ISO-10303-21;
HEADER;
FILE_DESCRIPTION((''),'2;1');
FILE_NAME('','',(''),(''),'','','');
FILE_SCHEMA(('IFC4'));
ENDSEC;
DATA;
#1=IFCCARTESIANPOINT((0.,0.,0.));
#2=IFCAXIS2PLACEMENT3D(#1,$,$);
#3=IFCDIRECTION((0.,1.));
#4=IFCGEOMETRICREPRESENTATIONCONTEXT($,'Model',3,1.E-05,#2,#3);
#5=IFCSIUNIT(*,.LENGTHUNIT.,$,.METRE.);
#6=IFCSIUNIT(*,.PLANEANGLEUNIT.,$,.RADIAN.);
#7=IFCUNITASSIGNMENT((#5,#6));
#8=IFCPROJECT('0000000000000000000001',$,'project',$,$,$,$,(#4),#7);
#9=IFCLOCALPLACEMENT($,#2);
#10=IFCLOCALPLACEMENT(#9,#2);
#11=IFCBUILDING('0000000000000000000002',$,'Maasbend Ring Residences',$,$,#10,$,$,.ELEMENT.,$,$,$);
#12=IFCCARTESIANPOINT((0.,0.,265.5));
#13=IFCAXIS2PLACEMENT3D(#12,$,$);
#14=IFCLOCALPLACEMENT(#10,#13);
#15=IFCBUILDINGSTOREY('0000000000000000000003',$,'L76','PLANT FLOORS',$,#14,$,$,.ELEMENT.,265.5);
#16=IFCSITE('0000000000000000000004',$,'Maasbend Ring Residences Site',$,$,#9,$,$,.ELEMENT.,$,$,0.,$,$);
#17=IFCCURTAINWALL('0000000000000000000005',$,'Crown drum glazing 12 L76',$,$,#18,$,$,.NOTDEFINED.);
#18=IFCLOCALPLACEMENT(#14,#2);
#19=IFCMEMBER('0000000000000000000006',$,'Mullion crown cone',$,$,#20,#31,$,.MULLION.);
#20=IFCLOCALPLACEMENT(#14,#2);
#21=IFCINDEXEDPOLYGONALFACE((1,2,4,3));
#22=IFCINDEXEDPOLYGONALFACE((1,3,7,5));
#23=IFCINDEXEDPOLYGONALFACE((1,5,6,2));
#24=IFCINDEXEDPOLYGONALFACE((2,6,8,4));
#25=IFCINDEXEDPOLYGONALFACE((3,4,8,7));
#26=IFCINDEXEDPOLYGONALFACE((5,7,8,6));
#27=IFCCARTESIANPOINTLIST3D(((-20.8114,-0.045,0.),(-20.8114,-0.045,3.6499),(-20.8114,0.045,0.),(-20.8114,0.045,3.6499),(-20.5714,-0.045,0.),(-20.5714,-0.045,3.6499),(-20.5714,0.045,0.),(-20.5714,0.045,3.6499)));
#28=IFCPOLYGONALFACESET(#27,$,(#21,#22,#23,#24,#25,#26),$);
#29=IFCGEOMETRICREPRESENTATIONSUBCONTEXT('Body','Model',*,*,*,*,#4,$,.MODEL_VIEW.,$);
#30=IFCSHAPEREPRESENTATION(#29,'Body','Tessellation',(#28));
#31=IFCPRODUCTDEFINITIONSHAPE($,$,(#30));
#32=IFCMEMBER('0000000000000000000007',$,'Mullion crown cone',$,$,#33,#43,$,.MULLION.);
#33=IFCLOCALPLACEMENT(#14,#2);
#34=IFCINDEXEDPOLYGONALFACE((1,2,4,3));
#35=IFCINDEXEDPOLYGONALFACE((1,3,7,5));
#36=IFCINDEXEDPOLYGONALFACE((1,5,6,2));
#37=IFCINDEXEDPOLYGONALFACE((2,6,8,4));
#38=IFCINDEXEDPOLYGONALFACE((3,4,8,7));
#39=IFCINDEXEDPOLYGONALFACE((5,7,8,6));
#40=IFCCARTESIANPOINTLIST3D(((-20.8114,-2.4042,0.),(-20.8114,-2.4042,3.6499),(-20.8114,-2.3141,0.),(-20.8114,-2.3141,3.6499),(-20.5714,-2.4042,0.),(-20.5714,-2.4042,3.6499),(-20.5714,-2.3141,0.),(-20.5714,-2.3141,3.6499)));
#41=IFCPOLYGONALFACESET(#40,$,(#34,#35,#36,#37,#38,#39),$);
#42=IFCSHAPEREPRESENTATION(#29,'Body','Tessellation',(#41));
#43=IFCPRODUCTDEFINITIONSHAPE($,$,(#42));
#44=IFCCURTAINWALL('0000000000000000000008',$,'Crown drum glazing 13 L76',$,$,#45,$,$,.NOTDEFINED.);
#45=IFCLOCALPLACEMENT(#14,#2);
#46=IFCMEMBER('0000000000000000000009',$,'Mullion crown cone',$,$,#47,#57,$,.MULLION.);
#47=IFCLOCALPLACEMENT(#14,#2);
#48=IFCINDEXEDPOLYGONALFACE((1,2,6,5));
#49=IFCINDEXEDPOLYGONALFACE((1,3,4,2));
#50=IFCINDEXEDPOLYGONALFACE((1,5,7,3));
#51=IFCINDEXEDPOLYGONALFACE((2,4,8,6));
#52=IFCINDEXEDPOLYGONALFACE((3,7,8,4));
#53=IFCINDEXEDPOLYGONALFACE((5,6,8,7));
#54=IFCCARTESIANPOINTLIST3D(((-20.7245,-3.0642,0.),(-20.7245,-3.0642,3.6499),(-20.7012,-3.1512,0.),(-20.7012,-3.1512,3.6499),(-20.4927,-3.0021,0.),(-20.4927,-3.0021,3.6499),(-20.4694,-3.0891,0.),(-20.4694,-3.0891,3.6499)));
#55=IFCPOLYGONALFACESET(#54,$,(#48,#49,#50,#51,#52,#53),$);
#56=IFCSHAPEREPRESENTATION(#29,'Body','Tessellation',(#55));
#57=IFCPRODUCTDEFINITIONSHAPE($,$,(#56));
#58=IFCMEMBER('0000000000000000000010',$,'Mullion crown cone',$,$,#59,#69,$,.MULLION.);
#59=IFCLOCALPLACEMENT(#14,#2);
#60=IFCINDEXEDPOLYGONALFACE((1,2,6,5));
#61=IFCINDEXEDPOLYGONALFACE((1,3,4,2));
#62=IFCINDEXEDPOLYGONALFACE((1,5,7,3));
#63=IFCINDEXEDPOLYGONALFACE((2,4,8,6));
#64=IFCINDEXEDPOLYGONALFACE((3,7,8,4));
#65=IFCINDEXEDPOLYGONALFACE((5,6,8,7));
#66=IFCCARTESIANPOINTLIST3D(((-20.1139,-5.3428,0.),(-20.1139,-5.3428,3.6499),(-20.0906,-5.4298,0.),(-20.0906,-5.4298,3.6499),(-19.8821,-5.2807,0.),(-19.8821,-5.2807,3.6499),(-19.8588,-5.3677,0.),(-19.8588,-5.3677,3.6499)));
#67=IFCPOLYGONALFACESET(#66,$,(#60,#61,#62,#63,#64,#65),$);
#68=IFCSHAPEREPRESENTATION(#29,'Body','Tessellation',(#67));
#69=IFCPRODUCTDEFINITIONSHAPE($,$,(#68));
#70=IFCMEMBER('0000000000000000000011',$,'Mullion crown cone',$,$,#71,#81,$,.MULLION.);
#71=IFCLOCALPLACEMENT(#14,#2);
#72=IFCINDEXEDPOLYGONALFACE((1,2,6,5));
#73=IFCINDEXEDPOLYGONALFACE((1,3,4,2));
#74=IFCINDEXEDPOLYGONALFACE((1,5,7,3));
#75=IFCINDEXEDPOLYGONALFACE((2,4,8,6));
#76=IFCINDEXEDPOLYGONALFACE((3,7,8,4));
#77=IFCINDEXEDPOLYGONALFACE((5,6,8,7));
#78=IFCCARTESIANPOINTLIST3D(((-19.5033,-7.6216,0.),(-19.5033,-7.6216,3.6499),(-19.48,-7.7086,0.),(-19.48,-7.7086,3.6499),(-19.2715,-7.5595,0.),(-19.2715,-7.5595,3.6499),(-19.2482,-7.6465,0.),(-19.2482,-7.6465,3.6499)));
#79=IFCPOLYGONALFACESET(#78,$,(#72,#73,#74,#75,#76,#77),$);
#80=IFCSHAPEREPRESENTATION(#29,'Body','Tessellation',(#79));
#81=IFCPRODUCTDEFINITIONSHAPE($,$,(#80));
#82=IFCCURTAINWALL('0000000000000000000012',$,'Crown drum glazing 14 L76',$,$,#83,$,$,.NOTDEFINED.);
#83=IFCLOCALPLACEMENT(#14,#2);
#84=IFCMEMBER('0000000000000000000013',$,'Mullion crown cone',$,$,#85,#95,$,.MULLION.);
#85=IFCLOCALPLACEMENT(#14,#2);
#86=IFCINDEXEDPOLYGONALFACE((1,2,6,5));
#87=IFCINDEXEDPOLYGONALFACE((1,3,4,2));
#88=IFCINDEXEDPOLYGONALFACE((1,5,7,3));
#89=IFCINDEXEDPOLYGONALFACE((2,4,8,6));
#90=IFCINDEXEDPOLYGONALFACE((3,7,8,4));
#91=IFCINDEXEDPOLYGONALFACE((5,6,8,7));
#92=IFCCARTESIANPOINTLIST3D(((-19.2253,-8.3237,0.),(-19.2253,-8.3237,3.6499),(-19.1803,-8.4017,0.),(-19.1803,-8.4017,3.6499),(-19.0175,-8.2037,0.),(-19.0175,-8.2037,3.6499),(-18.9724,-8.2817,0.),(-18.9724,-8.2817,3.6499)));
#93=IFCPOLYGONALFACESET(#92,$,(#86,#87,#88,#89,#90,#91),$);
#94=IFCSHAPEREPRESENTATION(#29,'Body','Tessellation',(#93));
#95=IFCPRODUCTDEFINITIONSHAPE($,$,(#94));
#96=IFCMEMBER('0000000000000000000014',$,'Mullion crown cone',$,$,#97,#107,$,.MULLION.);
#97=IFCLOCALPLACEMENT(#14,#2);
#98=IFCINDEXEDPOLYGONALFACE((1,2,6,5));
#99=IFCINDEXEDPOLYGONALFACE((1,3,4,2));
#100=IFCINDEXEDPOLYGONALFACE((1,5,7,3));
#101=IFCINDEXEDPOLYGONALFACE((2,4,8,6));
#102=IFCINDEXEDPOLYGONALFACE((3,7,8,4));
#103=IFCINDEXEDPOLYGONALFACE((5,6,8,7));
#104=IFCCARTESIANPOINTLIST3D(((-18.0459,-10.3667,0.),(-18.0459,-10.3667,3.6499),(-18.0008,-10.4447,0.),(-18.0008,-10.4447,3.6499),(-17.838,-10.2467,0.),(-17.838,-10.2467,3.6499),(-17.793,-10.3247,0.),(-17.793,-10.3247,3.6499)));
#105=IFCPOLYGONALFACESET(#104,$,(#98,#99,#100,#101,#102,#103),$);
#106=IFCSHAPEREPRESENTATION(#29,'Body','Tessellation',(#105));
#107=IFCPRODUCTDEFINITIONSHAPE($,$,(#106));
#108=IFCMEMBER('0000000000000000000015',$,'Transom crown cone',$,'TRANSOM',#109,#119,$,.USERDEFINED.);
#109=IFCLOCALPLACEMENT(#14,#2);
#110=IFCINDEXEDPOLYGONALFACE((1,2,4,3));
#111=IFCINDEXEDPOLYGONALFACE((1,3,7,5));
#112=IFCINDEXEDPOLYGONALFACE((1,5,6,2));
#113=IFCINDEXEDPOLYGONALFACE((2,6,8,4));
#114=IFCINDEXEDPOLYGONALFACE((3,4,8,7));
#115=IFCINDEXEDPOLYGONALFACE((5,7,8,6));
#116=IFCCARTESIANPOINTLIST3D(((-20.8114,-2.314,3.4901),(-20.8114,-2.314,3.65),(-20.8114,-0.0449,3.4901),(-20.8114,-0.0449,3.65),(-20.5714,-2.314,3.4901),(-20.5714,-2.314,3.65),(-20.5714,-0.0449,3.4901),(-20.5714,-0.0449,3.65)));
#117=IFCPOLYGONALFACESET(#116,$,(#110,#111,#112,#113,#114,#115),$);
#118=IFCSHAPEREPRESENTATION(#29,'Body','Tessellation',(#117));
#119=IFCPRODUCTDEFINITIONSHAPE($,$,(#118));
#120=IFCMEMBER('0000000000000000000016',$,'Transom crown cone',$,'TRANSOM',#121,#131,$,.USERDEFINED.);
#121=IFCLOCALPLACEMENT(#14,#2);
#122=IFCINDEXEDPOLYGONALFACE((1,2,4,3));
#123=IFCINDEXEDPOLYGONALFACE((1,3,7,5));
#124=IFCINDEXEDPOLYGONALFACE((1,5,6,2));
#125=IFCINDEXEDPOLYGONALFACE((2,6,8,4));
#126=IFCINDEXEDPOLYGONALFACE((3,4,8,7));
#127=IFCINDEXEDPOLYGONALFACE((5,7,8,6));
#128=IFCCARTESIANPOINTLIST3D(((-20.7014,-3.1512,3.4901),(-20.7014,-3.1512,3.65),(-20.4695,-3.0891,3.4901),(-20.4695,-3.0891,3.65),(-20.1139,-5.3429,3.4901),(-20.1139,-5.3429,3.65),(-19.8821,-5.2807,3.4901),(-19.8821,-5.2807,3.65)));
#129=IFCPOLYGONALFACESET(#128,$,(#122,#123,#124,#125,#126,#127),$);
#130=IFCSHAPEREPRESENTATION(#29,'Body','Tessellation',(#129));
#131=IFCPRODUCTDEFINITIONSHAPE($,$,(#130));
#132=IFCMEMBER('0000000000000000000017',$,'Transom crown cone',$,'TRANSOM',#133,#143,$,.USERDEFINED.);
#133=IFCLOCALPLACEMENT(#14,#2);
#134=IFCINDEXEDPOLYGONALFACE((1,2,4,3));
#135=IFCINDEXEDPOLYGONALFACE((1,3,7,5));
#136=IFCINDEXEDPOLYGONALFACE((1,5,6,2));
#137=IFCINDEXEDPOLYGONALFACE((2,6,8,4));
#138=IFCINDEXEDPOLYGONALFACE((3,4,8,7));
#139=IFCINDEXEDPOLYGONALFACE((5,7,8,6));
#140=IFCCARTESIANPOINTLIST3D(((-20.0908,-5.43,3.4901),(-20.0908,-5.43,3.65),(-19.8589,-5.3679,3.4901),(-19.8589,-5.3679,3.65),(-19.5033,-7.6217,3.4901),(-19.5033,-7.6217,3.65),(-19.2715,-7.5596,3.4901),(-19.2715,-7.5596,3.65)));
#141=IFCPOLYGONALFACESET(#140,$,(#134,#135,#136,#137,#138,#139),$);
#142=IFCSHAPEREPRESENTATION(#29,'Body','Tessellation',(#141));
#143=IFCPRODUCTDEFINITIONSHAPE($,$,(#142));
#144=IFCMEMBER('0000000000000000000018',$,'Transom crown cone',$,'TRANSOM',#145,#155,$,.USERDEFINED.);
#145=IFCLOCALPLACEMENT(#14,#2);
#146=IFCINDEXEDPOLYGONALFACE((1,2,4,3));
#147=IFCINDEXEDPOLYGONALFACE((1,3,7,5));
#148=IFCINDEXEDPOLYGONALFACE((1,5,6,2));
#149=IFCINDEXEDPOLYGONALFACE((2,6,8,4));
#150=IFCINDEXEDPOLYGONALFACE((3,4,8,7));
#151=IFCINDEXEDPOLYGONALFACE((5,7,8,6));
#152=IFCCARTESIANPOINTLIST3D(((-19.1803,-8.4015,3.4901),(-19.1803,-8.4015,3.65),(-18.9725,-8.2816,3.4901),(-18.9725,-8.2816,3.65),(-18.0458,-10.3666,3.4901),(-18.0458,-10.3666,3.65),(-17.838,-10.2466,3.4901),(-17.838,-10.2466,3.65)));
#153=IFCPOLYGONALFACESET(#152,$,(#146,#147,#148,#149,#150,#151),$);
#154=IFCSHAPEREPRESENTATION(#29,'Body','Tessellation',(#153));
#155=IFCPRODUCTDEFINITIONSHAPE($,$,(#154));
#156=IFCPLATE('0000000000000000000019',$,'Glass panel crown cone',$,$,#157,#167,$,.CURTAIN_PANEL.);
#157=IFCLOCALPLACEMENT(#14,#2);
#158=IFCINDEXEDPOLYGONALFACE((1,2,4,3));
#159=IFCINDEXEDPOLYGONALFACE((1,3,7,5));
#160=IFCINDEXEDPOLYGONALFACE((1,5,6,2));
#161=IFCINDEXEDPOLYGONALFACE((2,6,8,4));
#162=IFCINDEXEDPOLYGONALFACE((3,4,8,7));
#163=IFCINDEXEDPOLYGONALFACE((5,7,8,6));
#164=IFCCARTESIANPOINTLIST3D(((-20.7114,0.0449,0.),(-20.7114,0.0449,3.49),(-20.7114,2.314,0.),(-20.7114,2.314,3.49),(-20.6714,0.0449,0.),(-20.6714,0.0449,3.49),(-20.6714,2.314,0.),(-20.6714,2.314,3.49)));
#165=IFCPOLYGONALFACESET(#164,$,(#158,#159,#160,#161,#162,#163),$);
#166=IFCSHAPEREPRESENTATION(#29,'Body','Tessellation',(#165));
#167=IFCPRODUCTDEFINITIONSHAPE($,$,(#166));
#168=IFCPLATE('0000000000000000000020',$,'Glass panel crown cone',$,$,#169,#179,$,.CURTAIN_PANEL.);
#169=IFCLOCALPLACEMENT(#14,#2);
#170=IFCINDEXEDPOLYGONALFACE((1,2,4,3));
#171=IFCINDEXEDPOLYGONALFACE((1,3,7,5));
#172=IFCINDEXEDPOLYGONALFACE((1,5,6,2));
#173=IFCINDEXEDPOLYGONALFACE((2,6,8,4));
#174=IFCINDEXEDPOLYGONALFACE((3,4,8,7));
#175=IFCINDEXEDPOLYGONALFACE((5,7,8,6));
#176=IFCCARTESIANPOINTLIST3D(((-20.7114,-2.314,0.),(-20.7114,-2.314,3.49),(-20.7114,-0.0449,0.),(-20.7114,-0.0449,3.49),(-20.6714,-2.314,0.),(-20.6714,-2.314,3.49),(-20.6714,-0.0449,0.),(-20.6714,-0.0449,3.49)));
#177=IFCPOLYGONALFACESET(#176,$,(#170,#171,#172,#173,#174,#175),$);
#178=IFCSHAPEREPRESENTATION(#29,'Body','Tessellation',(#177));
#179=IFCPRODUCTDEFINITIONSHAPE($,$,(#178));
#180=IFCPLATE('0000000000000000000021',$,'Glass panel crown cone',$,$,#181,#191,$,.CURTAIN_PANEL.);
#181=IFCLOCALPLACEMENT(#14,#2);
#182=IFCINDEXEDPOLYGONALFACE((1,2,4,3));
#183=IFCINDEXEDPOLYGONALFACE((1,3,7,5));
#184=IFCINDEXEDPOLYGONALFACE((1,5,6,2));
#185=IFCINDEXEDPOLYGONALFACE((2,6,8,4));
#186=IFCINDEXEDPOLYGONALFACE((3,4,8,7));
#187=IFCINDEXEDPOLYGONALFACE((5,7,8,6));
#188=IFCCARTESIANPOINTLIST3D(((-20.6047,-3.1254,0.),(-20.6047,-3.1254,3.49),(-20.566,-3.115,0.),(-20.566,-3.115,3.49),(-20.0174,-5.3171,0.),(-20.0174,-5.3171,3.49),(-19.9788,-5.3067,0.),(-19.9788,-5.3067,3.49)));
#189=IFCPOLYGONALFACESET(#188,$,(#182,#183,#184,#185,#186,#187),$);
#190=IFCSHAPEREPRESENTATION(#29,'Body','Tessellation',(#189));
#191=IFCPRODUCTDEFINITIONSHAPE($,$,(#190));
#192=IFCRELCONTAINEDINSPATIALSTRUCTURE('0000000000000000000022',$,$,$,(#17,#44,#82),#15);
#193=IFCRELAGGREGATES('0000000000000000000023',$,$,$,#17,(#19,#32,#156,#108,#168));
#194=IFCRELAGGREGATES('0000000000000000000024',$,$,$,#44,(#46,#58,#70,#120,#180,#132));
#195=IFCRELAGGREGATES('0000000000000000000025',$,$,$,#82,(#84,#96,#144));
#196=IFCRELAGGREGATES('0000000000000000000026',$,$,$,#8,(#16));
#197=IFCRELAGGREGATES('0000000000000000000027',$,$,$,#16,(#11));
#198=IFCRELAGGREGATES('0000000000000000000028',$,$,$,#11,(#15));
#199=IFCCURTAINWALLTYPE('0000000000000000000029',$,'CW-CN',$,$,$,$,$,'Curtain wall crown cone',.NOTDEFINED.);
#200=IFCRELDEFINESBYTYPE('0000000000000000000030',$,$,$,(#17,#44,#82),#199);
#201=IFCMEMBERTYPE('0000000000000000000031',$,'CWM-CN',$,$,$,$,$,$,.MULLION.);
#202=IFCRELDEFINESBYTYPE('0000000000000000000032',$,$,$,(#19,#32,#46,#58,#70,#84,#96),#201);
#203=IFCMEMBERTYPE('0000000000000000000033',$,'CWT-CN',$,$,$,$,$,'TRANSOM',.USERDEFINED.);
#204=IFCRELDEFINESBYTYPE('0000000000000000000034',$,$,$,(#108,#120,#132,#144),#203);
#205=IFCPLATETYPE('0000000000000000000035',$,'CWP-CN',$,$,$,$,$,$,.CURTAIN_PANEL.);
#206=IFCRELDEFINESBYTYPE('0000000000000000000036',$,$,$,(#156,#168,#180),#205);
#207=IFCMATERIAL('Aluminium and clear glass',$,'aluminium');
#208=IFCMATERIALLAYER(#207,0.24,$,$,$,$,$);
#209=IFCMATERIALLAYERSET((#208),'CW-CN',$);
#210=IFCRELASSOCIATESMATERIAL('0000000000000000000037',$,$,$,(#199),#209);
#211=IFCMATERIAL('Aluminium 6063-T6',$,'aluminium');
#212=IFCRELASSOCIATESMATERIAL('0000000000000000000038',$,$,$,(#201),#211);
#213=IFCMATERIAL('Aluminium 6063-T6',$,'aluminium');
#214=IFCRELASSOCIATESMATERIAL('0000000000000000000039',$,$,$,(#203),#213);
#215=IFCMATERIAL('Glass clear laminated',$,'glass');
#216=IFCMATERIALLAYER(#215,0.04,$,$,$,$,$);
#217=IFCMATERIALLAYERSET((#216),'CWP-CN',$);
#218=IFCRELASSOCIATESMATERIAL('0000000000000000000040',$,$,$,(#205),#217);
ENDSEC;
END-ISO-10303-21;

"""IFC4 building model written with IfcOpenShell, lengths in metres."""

from ifc_helpers import new_model, si_unit, direction, frame, origin, origin_2d, place, context, subcontext, project, spatial, rectangle, extrude, material, layer, layer_set, material_profile, profile_set, type_object, element, aggregate, save


model = new_model("IFC4")

# Units and contexts
model_context = context("Model", 3, precision=1e-05, world=origin(), true_north=direction((0.0, 1.0)))
body_context = subcontext(model_context, "Body", "Model", "MODEL_VIEW")
ifc_project = project(units=[si_unit("LENGTHUNIT", "METRE"), si_unit("PLANEANGLEUNIT", "RADIAN")], contexts=[model_context])

# Site, building, storey
site_placement = place(None, origin())
site = spatial("IfcSite", under=ifc_project, at=site_placement, Name="Maasbend Ring Residences Site", CompositionType="ELEMENT", RefElevation=0.0)
building_placement = place(site_placement, origin())
building = spatial("IfcBuilding", under=site, at=building_placement, Name="Maasbend Ring Residences", CompositionType="ELEMENT")
storey_placement = place(building_placement, frame((0.0, 0.0, 265.5)))
storey = spatial("IfcBuildingStorey", under=building, at=storey_placement, Name="L76", Description="PLANT FLOORS", CompositionType="ELEMENT", Elevation=265.5)

# Curtain walls, members
ifc_material_1 = material(Name="Aluminium and clear glass", Category="aluminium")
ifc_layer_1 = layer(ifc_material_1, 0.24)
ifc_layer_set_1 = layer_set([ifc_layer_1], Name="CW-CN")
curtain_wall_type = type_object("IfcCurtainWallType", Name="CW-CN", ElementType="Curtain wall crown cone", PredefinedType="NOTDEFINED", material=ifc_layer_set_1)
curtain_wall_1_placement = place(storey_placement, origin())
curtain_wall_1 = element("IfcCurtainWall", 1, at=curtain_wall_1_placement, inside=storey, type_object=curtain_wall_type, Name="Crown drum glazing 12 L76", PredefinedType="NOTDEFINED")
ifc_material_2 = material(Name="Aluminium 6063-T6", Category="aluminium")
ifc_material_profile_1 = material_profile(ifc_material_2, rectangle(XDim=0.24, YDim=0.0901, at=origin_2d()), Name="AL 240x90")
ifc_profile_set_1 = profile_set([ifc_material_profile_1], Name="Aluminium 6063-T6")
member_type_1 = type_object("IfcMemberType", Name="CWM-CN", PredefinedType="MULLION", material=ifc_profile_set_1)
member_1_placement = place(storey_placement, frame((-20.6914, 0.0, 0.0), z_axis=(0.0, 0.0, 1.0), x_axis=(1.0, 0.0, 0.0)))
member_1 = element("IfcMember", 2, at=member_1_placement, type_object=member_type_1, Name="Mullion crown cone", PredefinedType="MULLION", context=body_context, shape_type="SweptSolid", body=[
    extrude(rectangle(XDim=0.24, YDim=0.0901, at=origin_2d()), origin(), (0.0, 0.0, 1.0), 3.6499),
])
member_2_placement = place(storey_placement, frame((-20.6914, -2.3591, 0.0), z_axis=(0.0, 0.0, 1.0), x_axis=(1.0, 0.0, 0.0)))
member_2 = element("IfcMember", 3, at=member_2_placement, type_object=member_type_1, Name="Mullion crown cone", PredefinedType="MULLION", context=body_context, shape_type="SweptSolid", body=[
    extrude(rectangle(XDim=0.24, YDim=0.0901, at=origin_2d()), origin(), (0.0, 0.0, 1.0), 3.6499),
])
curtain_wall_2_placement = place(storey_placement, origin())
curtain_wall_2 = element("IfcCurtainWall", 4, at=curtain_wall_2_placement, inside=storey, type_object=curtain_wall_type, Name="Crown drum glazing 13 L76", PredefinedType="NOTDEFINED")
member_3_placement = place(storey_placement, frame((-20.5969, -3.0767, 0.0), z_axis=(0.0, 0.0, 1.0), x_axis=(0.965926, 0.258819, 0.0)))
member_3 = element("IfcMember", 5, at=member_3_placement, type_object=member_type_1, Name="Mullion crown cone", PredefinedType="MULLION", context=body_context, shape_type="SweptSolid", body=[
    extrude(rectangle(XDim=0.24, YDim=0.0901, at=origin_2d()), origin(), (0.0, 0.0, 1.0), 3.6499),
])
member_4_placement = place(storey_placement, frame((-19.9863, -5.3552, 0.0), z_axis=(0.0, 0.0, 1.0), x_axis=(0.965926, 0.258819, 0.0)))
member_4 = element("IfcMember", 6, at=member_4_placement, type_object=member_type_1, Name="Mullion crown cone", PredefinedType="MULLION", context=body_context, shape_type="SweptSolid", body=[
    extrude(rectangle(XDim=0.24, YDim=0.0901, at=origin_2d()), origin(), (0.0, 0.0, 1.0), 3.6499),
])
member_5_placement = place(storey_placement, frame((-19.3757, -7.634, 0.0), z_axis=(0.0, 0.0, 1.0), x_axis=(0.965926, 0.258819, 0.0)))
member_5 = element("IfcMember", 7, at=member_5_placement, type_object=member_type_1, Name="Mullion crown cone", PredefinedType="MULLION", context=body_context, shape_type="SweptSolid", body=[
    extrude(rectangle(XDim=0.24, YDim=0.0901, at=origin_2d()), origin(), (0.0, 0.0, 1.0), 3.6499),
])
curtain_wall_3_placement = place(storey_placement, origin())
curtain_wall_3 = element("IfcCurtainWall", 8, at=curtain_wall_3_placement, inside=storey, type_object=curtain_wall_type, Name="Crown drum glazing 14 L76", PredefinedType="NOTDEFINED")
member_6_placement = place(storey_placement, frame((-19.0989, -8.3027, 0.0), z_axis=(0.0, 0.0, 1.0), x_axis=(0.866025, 0.5, 0.0)))
member_6 = element("IfcMember", 9, at=member_6_placement, type_object=member_type_1, Name="Mullion crown cone", PredefinedType="MULLION", context=body_context, shape_type="SweptSolid", body=[
    extrude(rectangle(XDim=0.24, YDim=0.0901, at=origin_2d()), origin(), (0.0, 0.0, 1.0), 3.6499),
])
member_7_placement = place(storey_placement, frame((-17.9194, -10.3457, 0.0), z_axis=(0.0, 0.0, 1.0), x_axis=(0.866025, 0.5, 0.0)))
member_7 = element("IfcMember", 10, at=member_7_placement, type_object=member_type_1, Name="Mullion crown cone", PredefinedType="MULLION", context=body_context, shape_type="SweptSolid", body=[
    extrude(rectangle(XDim=0.24, YDim=0.0901, at=origin_2d()), origin(), (0.0, 0.0, 1.0), 3.6499),
])

# Members
ifc_material_3 = material(Name="Aluminium 6063-T6", Category="aluminium")
ifc_material_profile_2 = material_profile(ifc_material_3, rectangle(XDim=0.24, YDim=0.1599, at=origin_2d()), Name="AL 240x160")
ifc_profile_set_2 = profile_set([ifc_material_profile_2], Name="Aluminium 6063-T6")
member_type_2 = type_object("IfcMemberType", Name="CWT-CN", ElementType="TRANSOM", PredefinedType="USERDEFINED", material=ifc_profile_set_2)
member_8_placement = place(storey_placement, frame((-20.6914, -0.0449, 3.5701), z_axis=(0.0, -1.0, 0.0), x_axis=(1.0, 0.0, 0.0)))
member_8 = element("IfcMember", 11, at=member_8_placement, type_object=member_type_2, Name="Transom crown cone", ObjectType="TRANSOM", PredefinedType="USERDEFINED", context=body_context, shape_type="SweptSolid", body=[
    extrude(rectangle(XDim=0.24, YDim=0.1599, at=origin_2d()), origin(), (0.0, 0.0, 1.0), 2.269),
])
member_9_placement = place(storey_placement, frame((-20.5854, -3.1201, 3.5701), z_axis=(0.258881, -0.965909, 0.0), x_axis=(0.965909, 0.258881, 0.0)))
member_9 = element("IfcMember", 12, at=member_9_placement, type_object=member_type_2, Name="Transom crown cone", ObjectType="TRANSOM", PredefinedType="USERDEFINED", context=body_context, shape_type="SweptSolid", body=[
    extrude(rectangle(XDim=0.24, YDim=0.1599, at=origin_2d()), origin(), (0.0, 0.0, 1.0), 2.269),
])
member_10_placement = place(storey_placement, frame((-19.9749, -5.3989, 3.5701), z_axis=(0.258881, -0.965909, 0.0), x_axis=(0.965909, 0.258881, 0.0)))
member_10 = element("IfcMember", 13, at=member_10_placement, type_object=member_type_2, Name="Transom crown cone", ObjectType="TRANSOM", PredefinedType="USERDEFINED", context=body_context, shape_type="SweptSolid", body=[
    extrude(rectangle(XDim=0.24, YDim=0.1599, at=origin_2d()), origin(), (0.0, 0.0, 1.0), 2.269),
])
member_11_placement = place(storey_placement, frame((-19.0764, -8.3416, 3.5701), z_axis=(0.499993, -0.86603, 0.0), x_axis=(0.86603, 0.499993, 0.0)))
member_11 = element("IfcMember", 14, at=member_11_placement, type_object=member_type_2, Name="Transom crown cone", ObjectType="TRANSOM", PredefinedType="USERDEFINED", context=body_context, shape_type="SweptSolid", body=[
    extrude(rectangle(XDim=0.24, YDim=0.1599, at=origin_2d()), origin(), (0.0, 0.0, 1.0), 2.269),
])

# Plates
ifc_material_4 = material(Name="Glass clear laminated", Category="glass")
ifc_layer_2 = layer(ifc_material_4, 0.04)
ifc_layer_set_2 = layer_set([ifc_layer_2], Name="CWP-CN")
plate_type = type_object("IfcPlateType", Name="CWP-CN", PredefinedType="CURTAIN_PANEL", material=ifc_layer_set_2)
plate_1_placement = place(storey_placement, frame((-20.6914, 1.1794, 0.0), z_axis=(0.0, 0.0, 1.0), x_axis=(0.0, -1.0, 0.0)))
plate_1 = element("IfcPlate", 15, at=plate_1_placement, type_object=plate_type, Name="Glass panel crown cone", PredefinedType="CURTAIN_PANEL", context=body_context, shape_type="SweptSolid", body=[
    extrude(rectangle(XDim=2.269, YDim=0.04, at=origin_2d()), origin(), (0.0, 0.0, 1.0), 3.49),
])
plate_2_placement = place(storey_placement, frame((-20.6914, -1.1794, 0.0), z_axis=(0.0, 0.0, 1.0), x_axis=(0.0, -1.0, 0.0)))
plate_2 = element("IfcPlate", 16, at=plate_2_placement, type_object=plate_type, Name="Glass panel crown cone", PredefinedType="CURTAIN_PANEL", context=body_context, shape_type="SweptSolid", body=[
    extrude(rectangle(XDim=2.269, YDim=0.04, at=origin_2d()), origin(), (0.0, 0.0, 1.0), 3.49),
])
aggregate(curtain_wall_1, [member_1, member_2, plate_1, member_8, plate_2])
plate_3_placement = place(storey_placement, frame((-20.2917, -4.2161, 0.0), z_axis=(0.0, 0.0, 1.0), x_axis=(0.258819, -0.965926, 0.0)))
plate_3 = element("IfcPlate", 17, at=plate_3_placement, type_object=plate_type, Name="Glass panel crown cone", PredefinedType="CURTAIN_PANEL", context=body_context, shape_type="SweptSolid", body=[
    extrude(rectangle(XDim=2.269, YDim=0.04, at=origin_2d()), origin(), (0.0, 0.0, 1.0), 3.49),
])
aggregate(curtain_wall_2, [member_3, member_4, member_5, member_9, plate_3, member_10])
aggregate(curtain_wall_3, [member_6, member_7, member_11])

save(model, "model.ifc")
